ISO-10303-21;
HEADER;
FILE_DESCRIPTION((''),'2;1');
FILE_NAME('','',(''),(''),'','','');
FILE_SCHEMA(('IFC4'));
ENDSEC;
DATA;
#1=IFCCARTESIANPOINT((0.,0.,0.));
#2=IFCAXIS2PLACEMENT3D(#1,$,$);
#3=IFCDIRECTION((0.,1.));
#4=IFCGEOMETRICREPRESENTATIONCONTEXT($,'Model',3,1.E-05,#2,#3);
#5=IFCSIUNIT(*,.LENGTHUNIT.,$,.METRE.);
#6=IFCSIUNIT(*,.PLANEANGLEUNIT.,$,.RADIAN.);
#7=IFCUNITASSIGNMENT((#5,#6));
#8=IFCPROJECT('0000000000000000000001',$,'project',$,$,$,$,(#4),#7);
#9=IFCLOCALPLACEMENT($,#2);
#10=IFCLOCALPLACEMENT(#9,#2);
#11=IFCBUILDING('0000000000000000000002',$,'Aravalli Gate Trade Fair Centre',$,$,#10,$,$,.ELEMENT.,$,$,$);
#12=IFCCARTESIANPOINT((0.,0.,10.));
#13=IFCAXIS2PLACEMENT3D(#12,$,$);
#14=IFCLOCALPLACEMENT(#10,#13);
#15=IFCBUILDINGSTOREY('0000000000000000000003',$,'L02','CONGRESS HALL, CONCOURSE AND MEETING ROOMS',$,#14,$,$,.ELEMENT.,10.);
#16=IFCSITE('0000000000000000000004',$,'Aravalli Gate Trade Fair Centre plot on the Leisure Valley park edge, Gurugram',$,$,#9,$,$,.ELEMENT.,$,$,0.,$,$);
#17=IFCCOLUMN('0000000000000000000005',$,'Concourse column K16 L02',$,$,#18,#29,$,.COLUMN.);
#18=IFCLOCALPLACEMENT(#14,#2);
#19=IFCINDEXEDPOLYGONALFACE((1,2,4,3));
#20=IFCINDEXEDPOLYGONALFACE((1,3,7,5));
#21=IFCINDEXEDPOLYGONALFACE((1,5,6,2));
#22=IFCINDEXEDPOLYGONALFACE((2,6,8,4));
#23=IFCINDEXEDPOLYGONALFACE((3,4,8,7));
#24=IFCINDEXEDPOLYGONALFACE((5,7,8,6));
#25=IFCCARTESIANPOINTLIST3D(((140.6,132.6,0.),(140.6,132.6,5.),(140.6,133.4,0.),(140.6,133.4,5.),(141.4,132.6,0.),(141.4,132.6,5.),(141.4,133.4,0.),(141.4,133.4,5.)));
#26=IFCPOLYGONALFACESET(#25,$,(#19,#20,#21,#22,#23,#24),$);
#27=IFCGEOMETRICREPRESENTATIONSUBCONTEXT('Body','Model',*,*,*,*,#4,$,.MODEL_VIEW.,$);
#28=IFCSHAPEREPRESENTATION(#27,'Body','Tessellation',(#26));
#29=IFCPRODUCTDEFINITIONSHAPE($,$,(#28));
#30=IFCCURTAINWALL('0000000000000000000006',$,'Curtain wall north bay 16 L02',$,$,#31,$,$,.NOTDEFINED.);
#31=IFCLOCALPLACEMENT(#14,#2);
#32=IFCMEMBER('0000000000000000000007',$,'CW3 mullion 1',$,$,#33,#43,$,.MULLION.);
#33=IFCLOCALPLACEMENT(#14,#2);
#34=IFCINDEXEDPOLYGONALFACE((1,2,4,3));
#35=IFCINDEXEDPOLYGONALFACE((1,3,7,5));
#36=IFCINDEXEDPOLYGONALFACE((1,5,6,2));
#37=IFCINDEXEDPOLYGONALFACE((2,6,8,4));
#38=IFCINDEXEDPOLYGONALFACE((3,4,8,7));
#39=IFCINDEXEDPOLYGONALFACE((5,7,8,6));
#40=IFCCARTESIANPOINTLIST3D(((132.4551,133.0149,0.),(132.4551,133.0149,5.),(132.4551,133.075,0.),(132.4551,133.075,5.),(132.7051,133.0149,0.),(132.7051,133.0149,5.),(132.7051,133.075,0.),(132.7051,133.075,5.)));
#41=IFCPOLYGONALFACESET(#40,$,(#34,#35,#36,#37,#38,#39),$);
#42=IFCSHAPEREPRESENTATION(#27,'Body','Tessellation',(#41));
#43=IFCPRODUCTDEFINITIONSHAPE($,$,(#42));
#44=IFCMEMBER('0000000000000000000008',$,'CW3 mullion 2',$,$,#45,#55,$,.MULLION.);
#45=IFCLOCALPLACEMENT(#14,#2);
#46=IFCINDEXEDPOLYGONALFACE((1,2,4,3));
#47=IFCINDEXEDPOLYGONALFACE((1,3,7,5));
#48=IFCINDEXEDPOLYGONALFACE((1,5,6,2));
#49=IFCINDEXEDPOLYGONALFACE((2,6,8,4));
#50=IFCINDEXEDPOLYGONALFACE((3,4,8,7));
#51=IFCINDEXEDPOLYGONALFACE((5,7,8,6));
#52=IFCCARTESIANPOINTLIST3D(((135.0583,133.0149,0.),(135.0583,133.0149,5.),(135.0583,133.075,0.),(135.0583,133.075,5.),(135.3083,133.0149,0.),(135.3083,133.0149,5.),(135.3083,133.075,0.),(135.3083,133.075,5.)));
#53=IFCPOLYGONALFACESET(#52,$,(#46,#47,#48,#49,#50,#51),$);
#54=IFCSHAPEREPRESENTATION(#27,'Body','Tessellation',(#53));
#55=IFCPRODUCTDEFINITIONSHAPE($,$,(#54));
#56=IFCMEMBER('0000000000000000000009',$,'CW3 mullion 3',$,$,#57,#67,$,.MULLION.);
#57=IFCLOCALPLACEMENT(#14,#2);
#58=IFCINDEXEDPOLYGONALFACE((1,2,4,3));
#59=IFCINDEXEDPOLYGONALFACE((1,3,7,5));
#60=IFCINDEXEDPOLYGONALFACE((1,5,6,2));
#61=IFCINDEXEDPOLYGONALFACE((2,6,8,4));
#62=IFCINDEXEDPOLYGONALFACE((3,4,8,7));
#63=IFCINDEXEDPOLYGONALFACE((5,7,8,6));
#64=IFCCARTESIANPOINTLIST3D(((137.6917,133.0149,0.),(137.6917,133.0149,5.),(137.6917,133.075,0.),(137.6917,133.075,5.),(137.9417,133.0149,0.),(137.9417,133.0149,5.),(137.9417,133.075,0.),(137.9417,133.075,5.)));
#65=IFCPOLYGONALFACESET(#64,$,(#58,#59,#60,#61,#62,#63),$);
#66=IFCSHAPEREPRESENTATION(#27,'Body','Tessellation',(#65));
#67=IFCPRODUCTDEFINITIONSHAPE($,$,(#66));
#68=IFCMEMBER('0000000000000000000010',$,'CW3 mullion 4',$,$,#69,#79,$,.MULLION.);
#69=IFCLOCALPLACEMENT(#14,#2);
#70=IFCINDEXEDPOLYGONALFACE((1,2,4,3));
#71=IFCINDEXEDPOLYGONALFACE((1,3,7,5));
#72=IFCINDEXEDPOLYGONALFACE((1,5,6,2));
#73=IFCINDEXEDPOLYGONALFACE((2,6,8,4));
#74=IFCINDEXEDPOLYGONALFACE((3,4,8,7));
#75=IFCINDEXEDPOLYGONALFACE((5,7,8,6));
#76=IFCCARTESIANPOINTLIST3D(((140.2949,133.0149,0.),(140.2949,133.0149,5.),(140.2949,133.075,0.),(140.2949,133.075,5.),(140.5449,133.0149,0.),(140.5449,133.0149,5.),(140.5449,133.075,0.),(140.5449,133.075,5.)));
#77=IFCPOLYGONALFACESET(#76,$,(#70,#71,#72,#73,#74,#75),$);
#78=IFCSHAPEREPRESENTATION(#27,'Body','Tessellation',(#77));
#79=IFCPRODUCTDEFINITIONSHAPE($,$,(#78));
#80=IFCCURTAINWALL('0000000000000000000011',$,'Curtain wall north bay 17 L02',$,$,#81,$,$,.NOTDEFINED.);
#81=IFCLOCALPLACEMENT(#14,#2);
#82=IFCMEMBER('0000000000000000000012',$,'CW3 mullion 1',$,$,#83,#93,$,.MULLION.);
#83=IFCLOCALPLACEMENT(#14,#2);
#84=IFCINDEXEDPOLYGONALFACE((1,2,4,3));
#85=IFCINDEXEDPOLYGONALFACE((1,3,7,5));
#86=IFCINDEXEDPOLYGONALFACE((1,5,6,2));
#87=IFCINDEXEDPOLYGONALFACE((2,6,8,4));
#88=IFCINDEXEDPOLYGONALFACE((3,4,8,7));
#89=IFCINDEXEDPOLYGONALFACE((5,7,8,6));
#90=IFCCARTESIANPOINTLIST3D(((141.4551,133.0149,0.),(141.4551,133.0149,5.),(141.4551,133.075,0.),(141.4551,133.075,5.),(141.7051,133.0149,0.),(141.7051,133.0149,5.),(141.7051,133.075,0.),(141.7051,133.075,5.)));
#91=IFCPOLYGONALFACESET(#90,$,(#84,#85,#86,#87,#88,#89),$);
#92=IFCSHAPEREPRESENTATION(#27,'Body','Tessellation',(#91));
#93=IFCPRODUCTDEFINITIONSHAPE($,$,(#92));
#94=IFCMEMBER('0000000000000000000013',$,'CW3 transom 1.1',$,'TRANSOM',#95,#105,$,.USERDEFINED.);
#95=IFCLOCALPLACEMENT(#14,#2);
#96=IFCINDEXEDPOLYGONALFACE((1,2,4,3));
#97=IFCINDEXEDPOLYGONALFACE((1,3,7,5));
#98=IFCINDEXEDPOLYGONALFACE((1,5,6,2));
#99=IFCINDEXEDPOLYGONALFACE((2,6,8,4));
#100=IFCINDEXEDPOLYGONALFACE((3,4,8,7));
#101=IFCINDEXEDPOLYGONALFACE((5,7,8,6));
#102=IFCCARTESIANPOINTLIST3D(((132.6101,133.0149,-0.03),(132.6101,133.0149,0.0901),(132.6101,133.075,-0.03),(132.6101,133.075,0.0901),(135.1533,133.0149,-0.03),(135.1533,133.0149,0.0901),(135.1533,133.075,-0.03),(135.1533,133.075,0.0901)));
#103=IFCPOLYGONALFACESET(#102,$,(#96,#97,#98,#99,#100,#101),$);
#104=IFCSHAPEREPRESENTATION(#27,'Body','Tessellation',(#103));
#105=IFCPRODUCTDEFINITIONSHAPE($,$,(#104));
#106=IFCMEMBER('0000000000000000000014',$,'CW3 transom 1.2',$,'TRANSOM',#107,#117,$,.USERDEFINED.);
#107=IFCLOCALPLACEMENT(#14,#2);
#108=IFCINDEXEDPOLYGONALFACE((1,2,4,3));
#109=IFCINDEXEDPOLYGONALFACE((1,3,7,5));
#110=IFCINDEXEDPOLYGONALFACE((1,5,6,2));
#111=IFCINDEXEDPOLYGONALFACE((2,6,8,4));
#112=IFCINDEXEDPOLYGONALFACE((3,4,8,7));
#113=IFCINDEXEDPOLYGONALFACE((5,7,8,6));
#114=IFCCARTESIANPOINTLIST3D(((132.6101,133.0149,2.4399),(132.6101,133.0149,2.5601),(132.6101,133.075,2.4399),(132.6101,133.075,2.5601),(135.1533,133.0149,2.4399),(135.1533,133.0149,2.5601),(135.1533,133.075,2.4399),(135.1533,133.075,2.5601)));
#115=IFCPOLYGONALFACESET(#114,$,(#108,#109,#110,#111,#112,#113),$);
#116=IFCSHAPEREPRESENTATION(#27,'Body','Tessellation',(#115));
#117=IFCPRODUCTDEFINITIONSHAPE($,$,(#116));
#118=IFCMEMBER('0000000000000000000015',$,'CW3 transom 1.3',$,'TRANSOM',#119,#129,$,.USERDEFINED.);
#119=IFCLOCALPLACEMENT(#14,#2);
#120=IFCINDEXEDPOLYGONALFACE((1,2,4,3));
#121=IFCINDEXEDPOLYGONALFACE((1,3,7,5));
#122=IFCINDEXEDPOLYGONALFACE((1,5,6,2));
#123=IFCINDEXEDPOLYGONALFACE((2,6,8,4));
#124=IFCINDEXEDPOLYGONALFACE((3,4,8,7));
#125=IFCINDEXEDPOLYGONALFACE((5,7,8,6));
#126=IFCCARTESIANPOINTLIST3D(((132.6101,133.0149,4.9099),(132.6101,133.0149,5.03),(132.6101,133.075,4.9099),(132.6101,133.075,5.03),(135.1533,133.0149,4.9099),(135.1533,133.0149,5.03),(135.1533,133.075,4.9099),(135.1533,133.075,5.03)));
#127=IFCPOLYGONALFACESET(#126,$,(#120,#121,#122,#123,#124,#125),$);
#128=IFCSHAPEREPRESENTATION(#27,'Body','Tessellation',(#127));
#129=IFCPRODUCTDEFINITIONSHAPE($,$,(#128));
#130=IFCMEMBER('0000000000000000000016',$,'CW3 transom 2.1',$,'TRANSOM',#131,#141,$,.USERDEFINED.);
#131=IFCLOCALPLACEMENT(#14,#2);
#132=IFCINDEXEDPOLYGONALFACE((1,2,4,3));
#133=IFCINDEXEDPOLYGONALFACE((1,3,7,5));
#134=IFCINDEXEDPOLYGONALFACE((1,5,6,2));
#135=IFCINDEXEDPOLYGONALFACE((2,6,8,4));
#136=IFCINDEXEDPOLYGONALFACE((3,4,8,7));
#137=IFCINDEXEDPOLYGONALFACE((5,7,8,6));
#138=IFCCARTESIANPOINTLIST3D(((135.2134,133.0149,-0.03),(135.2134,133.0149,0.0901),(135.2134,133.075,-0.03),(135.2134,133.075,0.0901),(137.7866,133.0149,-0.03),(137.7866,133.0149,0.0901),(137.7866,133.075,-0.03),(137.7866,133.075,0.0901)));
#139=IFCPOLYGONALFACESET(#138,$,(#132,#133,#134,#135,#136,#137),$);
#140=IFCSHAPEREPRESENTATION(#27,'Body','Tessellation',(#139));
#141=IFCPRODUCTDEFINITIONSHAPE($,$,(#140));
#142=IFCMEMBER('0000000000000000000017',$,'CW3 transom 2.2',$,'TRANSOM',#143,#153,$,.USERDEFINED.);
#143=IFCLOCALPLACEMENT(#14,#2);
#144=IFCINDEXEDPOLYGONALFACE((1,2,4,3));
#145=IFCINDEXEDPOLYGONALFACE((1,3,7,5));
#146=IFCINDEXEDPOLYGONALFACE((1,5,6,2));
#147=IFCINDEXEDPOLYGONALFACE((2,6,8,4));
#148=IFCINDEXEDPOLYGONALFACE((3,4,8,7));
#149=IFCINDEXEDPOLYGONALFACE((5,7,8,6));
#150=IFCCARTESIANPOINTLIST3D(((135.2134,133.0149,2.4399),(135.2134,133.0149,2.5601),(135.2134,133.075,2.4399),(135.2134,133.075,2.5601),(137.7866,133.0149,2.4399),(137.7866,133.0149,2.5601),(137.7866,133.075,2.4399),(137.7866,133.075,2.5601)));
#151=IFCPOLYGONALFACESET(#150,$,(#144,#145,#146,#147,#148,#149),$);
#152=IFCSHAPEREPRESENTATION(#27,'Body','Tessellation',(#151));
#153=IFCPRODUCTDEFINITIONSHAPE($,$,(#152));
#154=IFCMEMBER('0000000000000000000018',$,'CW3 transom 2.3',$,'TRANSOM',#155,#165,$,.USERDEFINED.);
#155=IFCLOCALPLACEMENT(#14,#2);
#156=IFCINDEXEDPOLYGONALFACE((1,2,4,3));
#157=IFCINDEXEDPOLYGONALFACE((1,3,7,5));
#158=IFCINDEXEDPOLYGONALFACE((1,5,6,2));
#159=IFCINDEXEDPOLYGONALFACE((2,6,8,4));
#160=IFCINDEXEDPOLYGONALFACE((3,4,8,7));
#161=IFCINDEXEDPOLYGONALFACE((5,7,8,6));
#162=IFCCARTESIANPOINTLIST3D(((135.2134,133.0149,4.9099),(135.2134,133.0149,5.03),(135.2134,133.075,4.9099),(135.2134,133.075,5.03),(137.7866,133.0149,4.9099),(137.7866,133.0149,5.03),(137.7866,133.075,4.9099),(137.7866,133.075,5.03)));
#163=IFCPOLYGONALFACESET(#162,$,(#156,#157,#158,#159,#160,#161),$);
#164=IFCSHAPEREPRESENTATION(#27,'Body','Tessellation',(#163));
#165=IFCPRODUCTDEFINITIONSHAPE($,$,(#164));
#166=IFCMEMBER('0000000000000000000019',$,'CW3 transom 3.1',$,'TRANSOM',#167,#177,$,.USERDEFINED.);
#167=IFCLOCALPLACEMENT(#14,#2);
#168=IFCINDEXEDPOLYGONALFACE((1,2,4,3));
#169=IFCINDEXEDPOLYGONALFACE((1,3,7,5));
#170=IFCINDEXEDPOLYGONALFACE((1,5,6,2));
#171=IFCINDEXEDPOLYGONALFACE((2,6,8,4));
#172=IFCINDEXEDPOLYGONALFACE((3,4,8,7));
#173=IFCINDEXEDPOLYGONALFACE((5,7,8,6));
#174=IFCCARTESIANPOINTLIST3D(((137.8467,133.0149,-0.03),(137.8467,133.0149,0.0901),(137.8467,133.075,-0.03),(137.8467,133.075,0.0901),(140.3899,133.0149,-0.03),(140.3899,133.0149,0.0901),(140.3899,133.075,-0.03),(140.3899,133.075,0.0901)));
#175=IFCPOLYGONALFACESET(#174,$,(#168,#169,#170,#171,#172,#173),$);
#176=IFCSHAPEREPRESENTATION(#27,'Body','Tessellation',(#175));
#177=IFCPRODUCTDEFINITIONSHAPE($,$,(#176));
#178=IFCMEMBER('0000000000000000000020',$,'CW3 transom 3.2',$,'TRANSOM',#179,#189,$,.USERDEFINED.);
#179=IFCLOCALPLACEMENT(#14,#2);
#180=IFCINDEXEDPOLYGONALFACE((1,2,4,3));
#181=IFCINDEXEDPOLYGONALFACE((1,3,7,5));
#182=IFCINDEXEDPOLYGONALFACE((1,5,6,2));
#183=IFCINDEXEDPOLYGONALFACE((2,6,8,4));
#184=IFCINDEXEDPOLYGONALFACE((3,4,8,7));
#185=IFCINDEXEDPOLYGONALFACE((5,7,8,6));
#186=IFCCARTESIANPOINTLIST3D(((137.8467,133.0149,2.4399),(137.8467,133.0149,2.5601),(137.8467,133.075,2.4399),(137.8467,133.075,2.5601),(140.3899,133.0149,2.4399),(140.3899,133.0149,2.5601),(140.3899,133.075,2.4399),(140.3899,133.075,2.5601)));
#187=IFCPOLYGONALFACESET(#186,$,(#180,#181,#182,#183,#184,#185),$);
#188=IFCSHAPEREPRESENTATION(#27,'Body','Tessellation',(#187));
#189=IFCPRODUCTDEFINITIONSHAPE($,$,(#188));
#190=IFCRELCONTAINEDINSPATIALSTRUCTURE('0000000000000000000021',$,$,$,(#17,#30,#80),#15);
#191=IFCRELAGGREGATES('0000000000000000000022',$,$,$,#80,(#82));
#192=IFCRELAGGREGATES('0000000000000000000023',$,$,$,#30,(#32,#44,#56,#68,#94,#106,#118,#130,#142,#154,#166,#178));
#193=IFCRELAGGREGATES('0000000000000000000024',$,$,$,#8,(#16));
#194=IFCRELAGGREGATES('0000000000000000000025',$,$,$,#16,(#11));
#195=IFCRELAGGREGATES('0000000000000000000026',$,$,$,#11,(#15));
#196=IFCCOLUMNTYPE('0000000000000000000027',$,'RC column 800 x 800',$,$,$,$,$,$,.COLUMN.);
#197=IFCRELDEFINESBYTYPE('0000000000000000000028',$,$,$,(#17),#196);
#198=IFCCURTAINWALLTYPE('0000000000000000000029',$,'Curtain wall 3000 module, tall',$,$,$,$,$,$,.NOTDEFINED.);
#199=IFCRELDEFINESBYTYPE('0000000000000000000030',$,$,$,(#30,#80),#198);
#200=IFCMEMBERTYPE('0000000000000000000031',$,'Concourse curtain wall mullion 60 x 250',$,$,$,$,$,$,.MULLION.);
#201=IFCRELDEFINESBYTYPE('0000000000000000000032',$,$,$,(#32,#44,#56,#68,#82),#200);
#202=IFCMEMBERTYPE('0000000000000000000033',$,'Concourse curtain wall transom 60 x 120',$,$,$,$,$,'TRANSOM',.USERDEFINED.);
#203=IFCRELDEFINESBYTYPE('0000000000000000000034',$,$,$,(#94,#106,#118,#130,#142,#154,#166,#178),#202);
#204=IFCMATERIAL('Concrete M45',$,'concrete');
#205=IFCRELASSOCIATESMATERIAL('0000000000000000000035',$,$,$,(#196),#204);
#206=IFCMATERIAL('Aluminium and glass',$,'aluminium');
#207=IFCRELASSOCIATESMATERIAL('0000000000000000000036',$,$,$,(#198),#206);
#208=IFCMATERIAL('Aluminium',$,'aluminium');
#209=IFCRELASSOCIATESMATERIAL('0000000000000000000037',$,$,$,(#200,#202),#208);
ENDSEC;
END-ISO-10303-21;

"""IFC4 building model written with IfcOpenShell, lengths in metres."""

from ifc_helpers import new_model, si_unit, direction, frame, origin, origin_2d, place, context, subcontext, project, spatial, rectangle, extrude, material, material_profile, profile_set, type_object, element, aggregate, save


model = new_model("IFC4")

# Units and contexts
model_context = context("Model", 3, precision=1e-05, world=origin(), true_north=direction((0.0, 1.0)))
body_context = subcontext(model_context, "Body", "Model", "MODEL_VIEW")
ifc_project = project(units=[si_unit("LENGTHUNIT", "METRE"), si_unit("PLANEANGLEUNIT", "RADIAN")], contexts=[model_context])

# Site, building, storey
site_placement = place(None, origin())
site = spatial("IfcSite", under=ifc_project, at=site_placement, Name="Aravalli Gate Trade Fair Centre plot on the Leisure Valley park edge, Gurugram", CompositionType="ELEMENT", RefElevation=0.0)
building_placement = place(site_placement, origin())
building = spatial("IfcBuilding", under=site, at=building_placement, Name="Aravalli Gate Trade Fair Centre", CompositionType="ELEMENT")
storey_placement = place(building_placement, frame((0.0, 0.0, 10.0)))
storey = spatial("IfcBuildingStorey", under=building, at=storey_placement, Name="L02", Description="CONGRESS HALL, CONCOURSE AND MEETING ROOMS", CompositionType="ELEMENT", Elevation=10.0)

# Column
ifc_material_1 = material(Name="Concrete M45", Category="concrete")
ifc_material_profile_1 = material_profile(ifc_material_1, rectangle(XDim=0.8, YDim=0.8, at=origin_2d()), Name="RC column 800 x 800")
ifc_profile_set_1 = profile_set([ifc_material_profile_1], Name="Concrete M45")
column_type = type_object("IfcColumnType", Name="RC column 800 x 800", PredefinedType="COLUMN", material=ifc_profile_set_1)
column_placement = place(storey_placement, frame((141.0, 133.0, 0.0), z_axis=(0.0, 0.0, 1.0), x_axis=(1.0, 0.0, 0.0)))
element("IfcColumn", 1, at=column_placement, inside=storey, type_object=column_type, Name="Concourse column K16 L02", PredefinedType="COLUMN", context=body_context, shape_type="SweptSolid", body=[
    extrude(rectangle(XDim=0.8, YDim=0.8, at=origin_2d()), origin(), (0.0, 0.0, 1.0), 5.0),
])

# Curtain wall, members
ifc_material_2 = material(Name="Aluminium and glass", Category="aluminium")
curtain_wall_type = type_object("IfcCurtainWallType", Name="Curtain wall 3000 module, tall", PredefinedType="NOTDEFINED", material=ifc_material_2)
curtain_wall_1_placement = place(storey_placement, origin())
curtain_wall_1 = element("IfcCurtainWall", 2, at=curtain_wall_1_placement, inside=storey, type_object=curtain_wall_type, Name="Curtain wall north bay 16 L02", PredefinedType="NOTDEFINED")
ifc_material_3 = material(Name="Aluminium", Category="aluminium")
ifc_material_profile_2 = material_profile(ifc_material_3, rectangle(XDim=0.0601, YDim=0.25, at=origin_2d()), Name="Concourse curtain wall mullion 60 x 250")
ifc_profile_set_2 = profile_set([ifc_material_profile_2], Name="Aluminium")
member_type_1 = type_object("IfcMemberType", Name="Concourse curtain wall mullion 60 x 250", PredefinedType="MULLION", material=ifc_profile_set_2)
member_1_placement = place(storey_placement, frame((132.5801, 133.0449, 0.0), z_axis=(0.0, 0.0, 1.0), x_axis=(0.0, 1.0, 0.0)))
member_1 = element("IfcMember", 3, at=member_1_placement, type_object=member_type_1, Name="CW3 mullion 1", PredefinedType="MULLION", context=body_context, shape_type="SweptSolid", body=[
    extrude(rectangle(XDim=0.0601, YDim=0.25, at=origin_2d()), origin(), (0.0, 0.0, 1.0), 5.0),
])
member_2_placement = place(storey_placement, frame((135.1833, 133.0449, 0.0), z_axis=(0.0, 0.0, 1.0), x_axis=(0.0, 1.0, 0.0)))
member_2 = element("IfcMember", 4, at=member_2_placement, type_object=member_type_1, Name="CW3 mullion 2", PredefinedType="MULLION", context=body_context, shape_type="SweptSolid", body=[
    extrude(rectangle(XDim=0.0601, YDim=0.25, at=origin_2d()), origin(), (0.0, 0.0, 1.0), 5.0),
])
member_3_placement = place(storey_placement, frame((137.8167, 133.0449, 0.0), z_axis=(0.0, 0.0, 1.0), x_axis=(0.0, 1.0, 0.0)))
member_3 = element("IfcMember", 5, at=member_3_placement, type_object=member_type_1, Name="CW3 mullion 3", PredefinedType="MULLION", context=body_context, shape_type="SweptSolid", body=[
    extrude(rectangle(XDim=0.0601, YDim=0.25, at=origin_2d()), origin(), (0.0, 0.0, 1.0), 5.0),
])
member_4_placement = place(storey_placement, frame((140.4199, 133.0449, 0.0), z_axis=(0.0, 0.0, 1.0), x_axis=(0.0, 1.0, 0.0)))
member_4 = element("IfcMember", 6, at=member_4_placement, type_object=member_type_1, Name="CW3 mullion 4", PredefinedType="MULLION", context=body_context, shape_type="SweptSolid", body=[
    extrude(rectangle(XDim=0.0601, YDim=0.25, at=origin_2d()), origin(), (0.0, 0.0, 1.0), 5.0),
])

# Curtain wall, member
curtain_wall_2_placement = place(storey_placement, origin())
curtain_wall_2 = element("IfcCurtainWall", 7, at=curtain_wall_2_placement, inside=storey, type_object=curtain_wall_type, Name="Curtain wall north bay 17 L02", PredefinedType="NOTDEFINED")
member_5_placement = place(storey_placement, frame((141.5801, 133.0449, 0.0), z_axis=(0.0, 0.0, 1.0), x_axis=(0.0, 1.0, 0.0)))
member_5 = element("IfcMember", 8, at=member_5_placement, type_object=member_type_1, Name="CW3 mullion 1", PredefinedType="MULLION", context=body_context, shape_type="SweptSolid", body=[
    extrude(rectangle(XDim=0.0601, YDim=0.25, at=origin_2d()), origin(), (0.0, 0.0, 1.0), 5.0),
])

# Members
ifc_material_profile_3 = material_profile(ifc_material_3, rectangle(XDim=0.0601, YDim=0.1201, at=origin_2d()), Name="Concourse curtain wall transom 60 x 120")
ifc_profile_set_3 = profile_set([ifc_material_profile_3], Name="Aluminium")
member_type_2 = type_object("IfcMemberType", Name="Concourse curtain wall transom 60 x 120", ElementType="TRANSOM", PredefinedType="USERDEFINED", material=ifc_profile_set_3)
member_6_placement = place(storey_placement, frame((132.6101, 133.0449, 0.03), z_axis=(1.0, 0.0, 0.0), x_axis=(0.0, 1.0, 0.0)))
member_6 = element("IfcMember", 9, at=member_6_placement, type_object=member_type_2, Name="CW3 transom 1.1", ObjectType="TRANSOM", PredefinedType="USERDEFINED", context=body_context, shape_type="SweptSolid", body=[
    extrude(rectangle(XDim=0.0601, YDim=0.1201, at=origin_2d()), origin(), (0.0, 0.0, 1.0), 2.5432),
])
member_7_placement = place(storey_placement, frame((132.6101, 133.0449, 2.5), z_axis=(1.0, 0.0, 0.0), x_axis=(0.0, 1.0, 0.0)))
member_7 = element("IfcMember", 10, at=member_7_placement, type_object=member_type_2, Name="CW3 transom 1.2", ObjectType="TRANSOM", PredefinedType="USERDEFINED", context=body_context, shape_type="SweptSolid", body=[
    extrude(rectangle(XDim=0.0601, YDim=0.1201, at=origin_2d()), origin(), (0.0, 0.0, 1.0), 2.5432),
])
member_8_placement = place(storey_placement, frame((132.6101, 133.0449, 4.97), z_axis=(1.0, 0.0, 0.0), x_axis=(0.0, 1.0, 0.0)))
member_8 = element("IfcMember", 11, at=member_8_placement, type_object=member_type_2, Name="CW3 transom 1.3", ObjectType="TRANSOM", PredefinedType="USERDEFINED", context=body_context, shape_type="SweptSolid", body=[
    extrude(rectangle(XDim=0.0601, YDim=0.1201, at=origin_2d()), origin(), (0.0, 0.0, 1.0), 2.5432),
])
member_9_placement = place(storey_placement, frame((135.2134, 133.0449, 0.03), z_axis=(1.0, 0.0, 0.0), x_axis=(0.0, 1.0, 0.0)))
member_9 = element("IfcMember", 12, at=member_9_placement, type_object=member_type_2, Name="CW3 transom 2.1", ObjectType="TRANSOM", PredefinedType="USERDEFINED", context=body_context, shape_type="SweptSolid", body=[
    extrude(rectangle(XDim=0.0601, YDim=0.1201, at=origin_2d()), origin(), (0.0, 0.0, 1.0), 2.5732),
])
member_10_placement = place(storey_placement, frame((135.2134, 133.0449, 2.5), z_axis=(1.0, 0.0, 0.0), x_axis=(0.0, 1.0, 0.0)))
member_10 = element("IfcMember", 13, at=member_10_placement, type_object=member_type_2, Name="CW3 transom 2.2", ObjectType="TRANSOM", PredefinedType="USERDEFINED", context=body_context, shape_type="SweptSolid", body=[
    extrude(rectangle(XDim=0.0601, YDim=0.1201, at=origin_2d()), origin(), (0.0, 0.0, 1.0), 2.5732),
])
member_11_placement = place(storey_placement, frame((135.2134, 133.0449, 4.97), z_axis=(1.0, 0.0, 0.0), x_axis=(0.0, 1.0, 0.0)))
member_11 = element("IfcMember", 14, at=member_11_placement, type_object=member_type_2, Name="CW3 transom 2.3", ObjectType="TRANSOM", PredefinedType="USERDEFINED", context=body_context, shape_type="SweptSolid", body=[
    extrude(rectangle(XDim=0.0601, YDim=0.1201, at=origin_2d()), origin(), (0.0, 0.0, 1.0), 2.5732),
])
member_12_placement = place(storey_placement, frame((137.8467, 133.0449, 0.03), z_axis=(1.0, 0.0, 0.0), x_axis=(0.0, 1.0, 0.0)))
member_12 = element("IfcMember", 15, at=member_12_placement, type_object=member_type_2, Name="CW3 transom 3.1", ObjectType="TRANSOM", PredefinedType="USERDEFINED", context=body_context, shape_type="SweptSolid", body=[
    extrude(rectangle(XDim=0.0601, YDim=0.1201, at=origin_2d()), origin(), (0.0, 0.0, 1.0), 2.5432),
])
member_13_placement = place(storey_placement, frame((137.8467, 133.0449, 2.5), z_axis=(1.0, 0.0, 0.0), x_axis=(0.0, 1.0, 0.0)))
member_13 = element("IfcMember", 16, at=member_13_placement, type_object=member_type_2, Name="CW3 transom 3.2", ObjectType="TRANSOM", PredefinedType="USERDEFINED", context=body_context, shape_type="SweptSolid", body=[
    extrude(rectangle(XDim=0.0601, YDim=0.1201, at=origin_2d()), origin(), (0.0, 0.0, 1.0), 2.5432),
])
aggregate(curtain_wall_2, [member_5])

aggregate(curtain_wall_1, [member_1, member_2, member_3, member_4, member_6, member_7, member_8, member_9, member_10, member_11, member_12, member_13])

save(model, "model.ifc")
